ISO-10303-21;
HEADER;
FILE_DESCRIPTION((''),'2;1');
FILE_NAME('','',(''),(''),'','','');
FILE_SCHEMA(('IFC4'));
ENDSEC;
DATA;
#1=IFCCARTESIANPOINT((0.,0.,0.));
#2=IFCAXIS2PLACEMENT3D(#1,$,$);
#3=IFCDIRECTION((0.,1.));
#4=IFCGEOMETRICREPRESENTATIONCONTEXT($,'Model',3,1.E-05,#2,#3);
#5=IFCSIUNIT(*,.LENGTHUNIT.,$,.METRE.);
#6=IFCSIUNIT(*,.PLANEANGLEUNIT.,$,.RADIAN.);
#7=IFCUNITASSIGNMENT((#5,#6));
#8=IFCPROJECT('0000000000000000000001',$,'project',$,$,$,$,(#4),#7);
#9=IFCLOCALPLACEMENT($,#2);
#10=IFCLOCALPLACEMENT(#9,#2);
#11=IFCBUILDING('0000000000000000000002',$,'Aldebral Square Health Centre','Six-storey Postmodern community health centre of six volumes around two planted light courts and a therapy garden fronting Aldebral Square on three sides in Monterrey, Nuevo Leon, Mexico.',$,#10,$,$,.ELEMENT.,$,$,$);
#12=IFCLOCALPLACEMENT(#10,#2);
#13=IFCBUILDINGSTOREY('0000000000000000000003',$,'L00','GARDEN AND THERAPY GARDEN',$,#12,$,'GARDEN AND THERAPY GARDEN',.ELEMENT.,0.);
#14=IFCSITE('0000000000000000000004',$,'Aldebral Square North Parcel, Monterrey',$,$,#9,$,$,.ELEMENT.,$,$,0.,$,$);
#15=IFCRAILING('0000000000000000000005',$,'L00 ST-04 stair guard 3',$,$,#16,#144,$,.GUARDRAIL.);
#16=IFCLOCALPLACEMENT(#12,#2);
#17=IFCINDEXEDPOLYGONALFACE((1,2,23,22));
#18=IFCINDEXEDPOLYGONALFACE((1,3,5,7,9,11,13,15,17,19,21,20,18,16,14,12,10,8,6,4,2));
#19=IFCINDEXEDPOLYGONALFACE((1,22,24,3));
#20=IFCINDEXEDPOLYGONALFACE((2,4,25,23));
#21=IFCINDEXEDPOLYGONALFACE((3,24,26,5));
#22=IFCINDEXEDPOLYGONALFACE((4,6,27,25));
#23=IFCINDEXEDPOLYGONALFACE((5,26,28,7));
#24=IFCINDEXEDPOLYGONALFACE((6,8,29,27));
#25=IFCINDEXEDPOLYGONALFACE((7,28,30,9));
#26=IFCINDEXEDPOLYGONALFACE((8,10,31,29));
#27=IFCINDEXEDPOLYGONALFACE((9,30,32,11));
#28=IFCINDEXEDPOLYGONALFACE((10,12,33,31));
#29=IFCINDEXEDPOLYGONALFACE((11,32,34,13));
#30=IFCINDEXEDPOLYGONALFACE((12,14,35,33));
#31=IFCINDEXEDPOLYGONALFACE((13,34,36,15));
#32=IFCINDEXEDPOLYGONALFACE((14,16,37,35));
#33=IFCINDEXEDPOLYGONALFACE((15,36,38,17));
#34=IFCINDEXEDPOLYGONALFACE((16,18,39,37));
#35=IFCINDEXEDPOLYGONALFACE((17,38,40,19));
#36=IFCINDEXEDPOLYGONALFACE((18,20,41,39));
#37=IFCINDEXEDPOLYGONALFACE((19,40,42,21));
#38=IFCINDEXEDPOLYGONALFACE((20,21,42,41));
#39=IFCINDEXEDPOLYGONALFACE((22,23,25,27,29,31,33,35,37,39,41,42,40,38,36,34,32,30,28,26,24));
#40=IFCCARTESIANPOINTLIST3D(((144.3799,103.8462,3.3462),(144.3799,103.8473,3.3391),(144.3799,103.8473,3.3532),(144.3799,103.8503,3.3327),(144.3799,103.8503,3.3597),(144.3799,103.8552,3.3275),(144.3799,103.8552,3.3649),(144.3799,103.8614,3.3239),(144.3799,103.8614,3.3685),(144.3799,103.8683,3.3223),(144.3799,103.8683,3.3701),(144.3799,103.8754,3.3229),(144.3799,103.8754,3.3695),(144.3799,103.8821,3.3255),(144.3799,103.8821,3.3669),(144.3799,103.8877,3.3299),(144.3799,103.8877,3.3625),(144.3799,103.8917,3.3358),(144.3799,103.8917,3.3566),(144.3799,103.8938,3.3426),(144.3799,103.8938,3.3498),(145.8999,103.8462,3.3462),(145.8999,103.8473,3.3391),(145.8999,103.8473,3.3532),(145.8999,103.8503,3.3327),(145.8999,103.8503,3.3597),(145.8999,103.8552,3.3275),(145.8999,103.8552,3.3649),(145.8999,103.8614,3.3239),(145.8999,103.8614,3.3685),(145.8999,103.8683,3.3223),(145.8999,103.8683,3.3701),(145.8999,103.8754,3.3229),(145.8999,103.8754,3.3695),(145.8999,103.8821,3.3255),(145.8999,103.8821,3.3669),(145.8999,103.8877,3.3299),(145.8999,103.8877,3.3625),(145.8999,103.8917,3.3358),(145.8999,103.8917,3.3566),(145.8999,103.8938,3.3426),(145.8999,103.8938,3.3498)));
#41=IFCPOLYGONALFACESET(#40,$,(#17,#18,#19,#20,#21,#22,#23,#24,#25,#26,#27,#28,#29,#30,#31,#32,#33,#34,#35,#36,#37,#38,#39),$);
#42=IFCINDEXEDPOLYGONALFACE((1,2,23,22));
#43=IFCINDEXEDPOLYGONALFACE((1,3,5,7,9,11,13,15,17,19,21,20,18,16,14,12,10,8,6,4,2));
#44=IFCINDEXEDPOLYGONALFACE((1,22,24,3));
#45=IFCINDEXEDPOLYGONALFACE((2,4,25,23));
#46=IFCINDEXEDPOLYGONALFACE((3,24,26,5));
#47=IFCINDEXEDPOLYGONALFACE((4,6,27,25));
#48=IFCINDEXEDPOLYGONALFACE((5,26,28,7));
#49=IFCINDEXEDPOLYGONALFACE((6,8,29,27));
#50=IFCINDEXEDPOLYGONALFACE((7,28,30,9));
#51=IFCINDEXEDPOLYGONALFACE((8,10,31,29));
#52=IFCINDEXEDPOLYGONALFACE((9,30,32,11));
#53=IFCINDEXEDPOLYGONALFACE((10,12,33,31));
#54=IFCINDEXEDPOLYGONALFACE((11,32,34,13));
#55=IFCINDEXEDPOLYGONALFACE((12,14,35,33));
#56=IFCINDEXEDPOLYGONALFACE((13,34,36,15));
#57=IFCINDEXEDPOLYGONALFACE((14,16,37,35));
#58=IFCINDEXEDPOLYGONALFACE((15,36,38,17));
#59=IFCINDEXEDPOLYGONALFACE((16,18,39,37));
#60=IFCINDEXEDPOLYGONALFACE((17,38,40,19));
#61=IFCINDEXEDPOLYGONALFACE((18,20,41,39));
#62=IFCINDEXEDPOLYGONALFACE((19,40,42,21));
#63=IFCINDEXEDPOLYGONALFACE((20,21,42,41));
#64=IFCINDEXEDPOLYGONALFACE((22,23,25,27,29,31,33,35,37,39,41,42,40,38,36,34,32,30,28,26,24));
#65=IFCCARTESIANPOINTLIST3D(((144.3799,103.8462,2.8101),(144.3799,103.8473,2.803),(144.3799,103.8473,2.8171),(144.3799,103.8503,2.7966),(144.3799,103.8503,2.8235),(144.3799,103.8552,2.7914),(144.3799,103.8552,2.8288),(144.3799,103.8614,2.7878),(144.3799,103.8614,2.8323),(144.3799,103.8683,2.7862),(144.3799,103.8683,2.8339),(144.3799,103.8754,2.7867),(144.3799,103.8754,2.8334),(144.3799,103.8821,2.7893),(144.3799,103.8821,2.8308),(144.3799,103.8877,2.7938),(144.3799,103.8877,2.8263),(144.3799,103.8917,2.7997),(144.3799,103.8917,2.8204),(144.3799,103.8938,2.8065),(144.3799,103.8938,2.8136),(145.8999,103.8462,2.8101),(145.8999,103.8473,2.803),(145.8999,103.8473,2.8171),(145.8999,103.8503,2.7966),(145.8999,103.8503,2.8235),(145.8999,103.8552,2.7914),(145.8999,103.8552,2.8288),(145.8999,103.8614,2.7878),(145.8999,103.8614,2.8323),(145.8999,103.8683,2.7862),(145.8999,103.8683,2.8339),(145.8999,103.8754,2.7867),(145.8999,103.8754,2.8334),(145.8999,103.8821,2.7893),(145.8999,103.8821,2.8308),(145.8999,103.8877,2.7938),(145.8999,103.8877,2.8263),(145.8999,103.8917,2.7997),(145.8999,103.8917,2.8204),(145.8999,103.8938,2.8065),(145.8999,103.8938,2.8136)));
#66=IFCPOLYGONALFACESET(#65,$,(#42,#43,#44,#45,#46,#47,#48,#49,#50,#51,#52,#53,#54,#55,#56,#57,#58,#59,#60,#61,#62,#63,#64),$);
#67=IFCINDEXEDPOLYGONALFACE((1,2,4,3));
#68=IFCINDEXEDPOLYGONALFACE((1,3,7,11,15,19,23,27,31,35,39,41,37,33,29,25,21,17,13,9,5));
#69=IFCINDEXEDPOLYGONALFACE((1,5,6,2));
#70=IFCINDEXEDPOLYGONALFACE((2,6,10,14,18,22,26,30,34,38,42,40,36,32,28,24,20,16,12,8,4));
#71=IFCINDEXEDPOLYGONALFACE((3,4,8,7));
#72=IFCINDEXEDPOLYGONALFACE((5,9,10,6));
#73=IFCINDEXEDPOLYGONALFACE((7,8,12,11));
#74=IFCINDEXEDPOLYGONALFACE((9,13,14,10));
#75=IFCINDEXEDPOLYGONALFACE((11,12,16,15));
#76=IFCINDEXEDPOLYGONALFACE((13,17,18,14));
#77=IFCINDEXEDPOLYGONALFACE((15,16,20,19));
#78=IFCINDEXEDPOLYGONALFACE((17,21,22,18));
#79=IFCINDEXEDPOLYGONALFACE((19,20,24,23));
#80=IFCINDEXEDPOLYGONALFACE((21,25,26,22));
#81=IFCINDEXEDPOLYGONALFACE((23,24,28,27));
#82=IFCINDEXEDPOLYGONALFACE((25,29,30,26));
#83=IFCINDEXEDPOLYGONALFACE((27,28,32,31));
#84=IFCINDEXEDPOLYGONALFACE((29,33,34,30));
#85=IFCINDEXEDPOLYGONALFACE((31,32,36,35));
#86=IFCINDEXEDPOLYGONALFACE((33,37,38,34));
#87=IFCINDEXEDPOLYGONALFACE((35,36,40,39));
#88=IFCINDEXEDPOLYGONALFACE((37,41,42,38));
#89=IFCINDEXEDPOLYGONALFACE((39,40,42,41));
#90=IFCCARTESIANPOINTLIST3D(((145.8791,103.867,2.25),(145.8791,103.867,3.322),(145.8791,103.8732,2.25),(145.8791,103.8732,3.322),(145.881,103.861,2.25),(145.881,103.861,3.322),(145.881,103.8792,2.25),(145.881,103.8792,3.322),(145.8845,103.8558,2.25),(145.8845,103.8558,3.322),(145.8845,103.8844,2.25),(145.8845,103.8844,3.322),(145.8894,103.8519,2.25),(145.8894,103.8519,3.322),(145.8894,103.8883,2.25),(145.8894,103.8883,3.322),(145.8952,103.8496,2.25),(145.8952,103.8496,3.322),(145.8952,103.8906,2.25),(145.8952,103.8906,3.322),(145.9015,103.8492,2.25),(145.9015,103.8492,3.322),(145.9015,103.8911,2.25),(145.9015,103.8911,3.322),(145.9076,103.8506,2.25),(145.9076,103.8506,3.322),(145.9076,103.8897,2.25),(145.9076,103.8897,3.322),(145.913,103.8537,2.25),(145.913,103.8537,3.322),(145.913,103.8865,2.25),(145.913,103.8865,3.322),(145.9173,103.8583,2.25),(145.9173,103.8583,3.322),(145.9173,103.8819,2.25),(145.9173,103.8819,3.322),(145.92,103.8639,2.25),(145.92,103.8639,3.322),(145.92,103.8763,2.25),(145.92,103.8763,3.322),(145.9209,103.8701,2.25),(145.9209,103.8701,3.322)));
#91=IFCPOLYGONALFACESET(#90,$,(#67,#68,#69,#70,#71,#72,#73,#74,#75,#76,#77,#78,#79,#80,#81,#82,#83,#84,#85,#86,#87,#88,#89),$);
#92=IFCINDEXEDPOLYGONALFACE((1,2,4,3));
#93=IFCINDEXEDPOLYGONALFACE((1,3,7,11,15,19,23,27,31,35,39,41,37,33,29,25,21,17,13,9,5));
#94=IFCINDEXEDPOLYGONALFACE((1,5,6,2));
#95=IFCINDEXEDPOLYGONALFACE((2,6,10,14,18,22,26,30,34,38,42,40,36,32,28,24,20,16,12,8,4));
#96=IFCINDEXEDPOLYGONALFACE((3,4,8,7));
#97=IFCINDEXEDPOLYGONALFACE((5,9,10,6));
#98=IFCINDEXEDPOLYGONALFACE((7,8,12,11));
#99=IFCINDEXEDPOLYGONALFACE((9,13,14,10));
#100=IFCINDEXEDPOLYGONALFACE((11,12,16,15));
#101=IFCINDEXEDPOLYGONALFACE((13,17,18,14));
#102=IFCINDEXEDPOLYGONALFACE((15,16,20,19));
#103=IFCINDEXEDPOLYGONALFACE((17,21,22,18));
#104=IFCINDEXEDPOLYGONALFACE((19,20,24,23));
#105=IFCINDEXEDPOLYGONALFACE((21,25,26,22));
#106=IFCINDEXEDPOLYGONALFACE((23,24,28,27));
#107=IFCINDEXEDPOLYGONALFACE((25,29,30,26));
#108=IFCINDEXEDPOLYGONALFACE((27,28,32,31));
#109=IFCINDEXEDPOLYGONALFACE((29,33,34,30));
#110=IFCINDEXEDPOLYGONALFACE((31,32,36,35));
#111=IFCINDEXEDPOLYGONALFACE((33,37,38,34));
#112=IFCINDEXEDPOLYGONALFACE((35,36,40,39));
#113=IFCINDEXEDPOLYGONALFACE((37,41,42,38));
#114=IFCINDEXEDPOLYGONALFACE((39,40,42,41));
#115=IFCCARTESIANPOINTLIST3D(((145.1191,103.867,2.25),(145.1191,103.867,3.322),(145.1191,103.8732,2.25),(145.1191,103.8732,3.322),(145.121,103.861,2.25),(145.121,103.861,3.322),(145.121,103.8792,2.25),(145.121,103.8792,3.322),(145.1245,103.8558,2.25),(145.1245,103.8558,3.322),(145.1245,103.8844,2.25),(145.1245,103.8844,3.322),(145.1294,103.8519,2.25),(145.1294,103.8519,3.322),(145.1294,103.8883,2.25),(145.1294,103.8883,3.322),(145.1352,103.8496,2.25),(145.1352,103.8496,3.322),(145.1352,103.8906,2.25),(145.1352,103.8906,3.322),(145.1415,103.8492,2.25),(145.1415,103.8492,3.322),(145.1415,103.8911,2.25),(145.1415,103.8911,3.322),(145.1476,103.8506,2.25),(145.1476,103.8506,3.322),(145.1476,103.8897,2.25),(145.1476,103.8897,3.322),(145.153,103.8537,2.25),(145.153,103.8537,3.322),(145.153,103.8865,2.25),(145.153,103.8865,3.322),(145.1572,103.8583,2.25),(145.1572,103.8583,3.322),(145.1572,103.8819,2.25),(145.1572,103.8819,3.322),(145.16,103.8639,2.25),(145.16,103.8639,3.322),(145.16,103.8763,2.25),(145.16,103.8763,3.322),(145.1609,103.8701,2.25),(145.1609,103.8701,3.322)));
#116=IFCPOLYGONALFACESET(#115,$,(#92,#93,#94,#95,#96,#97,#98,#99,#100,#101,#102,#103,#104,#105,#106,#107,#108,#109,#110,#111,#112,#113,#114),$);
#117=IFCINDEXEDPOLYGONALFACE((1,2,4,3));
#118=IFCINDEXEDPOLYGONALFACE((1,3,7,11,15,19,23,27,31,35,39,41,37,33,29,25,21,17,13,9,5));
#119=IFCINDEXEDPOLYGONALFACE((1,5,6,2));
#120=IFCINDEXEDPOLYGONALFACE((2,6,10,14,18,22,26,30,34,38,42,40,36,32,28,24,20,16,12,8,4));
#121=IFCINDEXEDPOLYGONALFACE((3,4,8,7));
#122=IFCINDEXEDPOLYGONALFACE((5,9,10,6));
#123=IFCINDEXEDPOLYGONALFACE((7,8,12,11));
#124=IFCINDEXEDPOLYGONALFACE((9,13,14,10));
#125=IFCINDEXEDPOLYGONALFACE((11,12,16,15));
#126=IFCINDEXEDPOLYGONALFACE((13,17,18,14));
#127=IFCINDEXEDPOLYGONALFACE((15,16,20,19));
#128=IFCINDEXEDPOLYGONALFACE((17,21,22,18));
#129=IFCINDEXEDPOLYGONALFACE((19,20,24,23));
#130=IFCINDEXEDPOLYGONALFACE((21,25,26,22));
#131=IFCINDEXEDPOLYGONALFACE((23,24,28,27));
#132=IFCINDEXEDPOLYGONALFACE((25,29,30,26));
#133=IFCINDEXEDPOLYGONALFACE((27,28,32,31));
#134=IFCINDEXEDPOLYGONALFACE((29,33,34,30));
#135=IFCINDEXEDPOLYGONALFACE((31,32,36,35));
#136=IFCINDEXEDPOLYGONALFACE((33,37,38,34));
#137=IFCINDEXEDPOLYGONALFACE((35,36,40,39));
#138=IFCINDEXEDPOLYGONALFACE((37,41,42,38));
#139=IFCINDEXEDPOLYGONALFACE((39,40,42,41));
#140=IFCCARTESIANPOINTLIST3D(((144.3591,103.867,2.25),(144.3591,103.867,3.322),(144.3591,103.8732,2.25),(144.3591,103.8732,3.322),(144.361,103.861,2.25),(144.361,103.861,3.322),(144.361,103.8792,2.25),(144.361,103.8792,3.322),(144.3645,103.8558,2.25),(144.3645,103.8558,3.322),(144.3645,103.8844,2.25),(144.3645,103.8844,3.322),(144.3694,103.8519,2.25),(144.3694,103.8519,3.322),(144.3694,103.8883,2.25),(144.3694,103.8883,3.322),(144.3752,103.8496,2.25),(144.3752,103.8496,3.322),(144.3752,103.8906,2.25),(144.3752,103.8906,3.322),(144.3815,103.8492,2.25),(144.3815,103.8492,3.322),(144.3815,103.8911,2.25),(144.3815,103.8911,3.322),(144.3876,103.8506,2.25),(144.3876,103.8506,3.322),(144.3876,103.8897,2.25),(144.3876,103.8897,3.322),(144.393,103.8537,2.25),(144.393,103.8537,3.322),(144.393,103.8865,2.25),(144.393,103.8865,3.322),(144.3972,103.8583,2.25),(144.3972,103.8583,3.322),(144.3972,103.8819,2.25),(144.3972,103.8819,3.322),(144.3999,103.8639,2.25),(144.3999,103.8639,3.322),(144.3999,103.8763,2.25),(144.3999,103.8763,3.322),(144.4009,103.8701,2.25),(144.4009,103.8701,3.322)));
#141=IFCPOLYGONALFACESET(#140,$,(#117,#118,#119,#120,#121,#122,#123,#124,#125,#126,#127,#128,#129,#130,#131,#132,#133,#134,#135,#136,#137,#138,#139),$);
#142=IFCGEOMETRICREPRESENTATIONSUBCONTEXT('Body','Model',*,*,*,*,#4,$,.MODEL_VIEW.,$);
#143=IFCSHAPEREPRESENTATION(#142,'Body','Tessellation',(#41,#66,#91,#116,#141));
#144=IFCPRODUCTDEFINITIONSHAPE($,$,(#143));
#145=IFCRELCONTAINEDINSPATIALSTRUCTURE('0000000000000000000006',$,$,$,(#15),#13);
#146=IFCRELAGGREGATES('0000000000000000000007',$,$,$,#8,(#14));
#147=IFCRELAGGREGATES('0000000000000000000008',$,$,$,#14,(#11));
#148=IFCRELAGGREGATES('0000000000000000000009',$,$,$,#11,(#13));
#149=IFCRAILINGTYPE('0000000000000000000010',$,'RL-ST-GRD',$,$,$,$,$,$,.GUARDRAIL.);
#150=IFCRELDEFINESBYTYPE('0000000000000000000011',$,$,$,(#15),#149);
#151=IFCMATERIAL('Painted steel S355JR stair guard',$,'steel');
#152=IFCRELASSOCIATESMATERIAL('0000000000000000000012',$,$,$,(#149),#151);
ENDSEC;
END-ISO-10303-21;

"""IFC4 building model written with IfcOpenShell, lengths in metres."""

from ifc_helpers import new_model, si_unit, direction, frame, origin, origin_2d, place, context, subcontext, project, spatial, circle, extrude, material, type_object, element, save


model = new_model("IFC4")

# Units and contexts
model_context = context("Model", 3, precision=1e-05, world=origin(), true_north=direction((0.0, 1.0)))
body_context = subcontext(model_context, "Body", "Model", "MODEL_VIEW")
ifc_project = project(units=[si_unit("LENGTHUNIT", "METRE"), si_unit("PLANEANGLEUNIT", "RADIAN")], contexts=[model_context])

# Site, building, storey
site_placement = place(None, origin())
site = spatial("IfcSite", under=ifc_project, at=site_placement, Name="Aldebral Square North Parcel, Monterrey", CompositionType="ELEMENT", RefElevation=0.0)
building_placement = place(site_placement, origin())
building = spatial("IfcBuilding", under=site, at=building_placement, Name="Aldebral Square Health Centre", Description="Six-storey Postmodern community health centre of six volumes around two planted light courts and a therapy garden fronting Aldebral Square on three sides in Monterrey, Nuevo Leon, Mexico.", CompositionType="ELEMENT")
storey_placement = place(building_placement, origin())
storey = spatial("IfcBuildingStorey", under=building, at=storey_placement, Name="L00", Description="GARDEN AND THERAPY GARDEN", LongName="GARDEN AND THERAPY GARDEN", CompositionType="ELEMENT", Elevation=0.0)

# Railing
ifc_material_1 = material(Name="Painted steel S355JR stair guard", Category="steel")
railing_type_1 = type_object("IfcRailingType", Name="RL-ST-GRD", PredefinedType="GUARDRAIL", material=ifc_material_1)
for number, where, name in (
    (1, (145.8999, 103.8701, 2.25), "L00 ST-04 stair guard 3"),
):
    element("IfcRailing", number, at=place(storey_placement, frame(where)), inside=storey, type_object=railing_type_1, Name=name, PredefinedType="GUARDRAIL", context=body_context, shape_type="SweptSolid", body=[
        extrude(circle(Radius=0.0239, at=origin_2d()), frame((0.0, 0.0, 1.0962), z_axis=(-1.0, 0.0, 0.0), x_axis=(0.0, -1.0, 0.0)), (0.0, 0.0, 1.0), 1.52),
        extrude(circle(Radius=0.0239, at=origin_2d()), frame((0.0, 0.0, 0.5601), z_axis=(-1.0, 0.0, 0.0), x_axis=(0.0, -1.0, 0.0)), (0.0, 0.0, 1.0), 1.52),
        extrude(circle(Radius=0.021, at=origin_2d()), origin(), (0.0, 0.0, 1.0), 1.072),
        extrude(circle(Radius=0.021, at=origin_2d()), frame((-0.76, 0.0, 0.0)), (0.0, 0.0, 1.0), 1.072),
        extrude(circle(Radius=0.021, at=origin_2d()), frame((-1.52, 0.0, 0.0)), (0.0, 0.0, 1.0), 1.072),
    ])

save(model, "model.ifc")
